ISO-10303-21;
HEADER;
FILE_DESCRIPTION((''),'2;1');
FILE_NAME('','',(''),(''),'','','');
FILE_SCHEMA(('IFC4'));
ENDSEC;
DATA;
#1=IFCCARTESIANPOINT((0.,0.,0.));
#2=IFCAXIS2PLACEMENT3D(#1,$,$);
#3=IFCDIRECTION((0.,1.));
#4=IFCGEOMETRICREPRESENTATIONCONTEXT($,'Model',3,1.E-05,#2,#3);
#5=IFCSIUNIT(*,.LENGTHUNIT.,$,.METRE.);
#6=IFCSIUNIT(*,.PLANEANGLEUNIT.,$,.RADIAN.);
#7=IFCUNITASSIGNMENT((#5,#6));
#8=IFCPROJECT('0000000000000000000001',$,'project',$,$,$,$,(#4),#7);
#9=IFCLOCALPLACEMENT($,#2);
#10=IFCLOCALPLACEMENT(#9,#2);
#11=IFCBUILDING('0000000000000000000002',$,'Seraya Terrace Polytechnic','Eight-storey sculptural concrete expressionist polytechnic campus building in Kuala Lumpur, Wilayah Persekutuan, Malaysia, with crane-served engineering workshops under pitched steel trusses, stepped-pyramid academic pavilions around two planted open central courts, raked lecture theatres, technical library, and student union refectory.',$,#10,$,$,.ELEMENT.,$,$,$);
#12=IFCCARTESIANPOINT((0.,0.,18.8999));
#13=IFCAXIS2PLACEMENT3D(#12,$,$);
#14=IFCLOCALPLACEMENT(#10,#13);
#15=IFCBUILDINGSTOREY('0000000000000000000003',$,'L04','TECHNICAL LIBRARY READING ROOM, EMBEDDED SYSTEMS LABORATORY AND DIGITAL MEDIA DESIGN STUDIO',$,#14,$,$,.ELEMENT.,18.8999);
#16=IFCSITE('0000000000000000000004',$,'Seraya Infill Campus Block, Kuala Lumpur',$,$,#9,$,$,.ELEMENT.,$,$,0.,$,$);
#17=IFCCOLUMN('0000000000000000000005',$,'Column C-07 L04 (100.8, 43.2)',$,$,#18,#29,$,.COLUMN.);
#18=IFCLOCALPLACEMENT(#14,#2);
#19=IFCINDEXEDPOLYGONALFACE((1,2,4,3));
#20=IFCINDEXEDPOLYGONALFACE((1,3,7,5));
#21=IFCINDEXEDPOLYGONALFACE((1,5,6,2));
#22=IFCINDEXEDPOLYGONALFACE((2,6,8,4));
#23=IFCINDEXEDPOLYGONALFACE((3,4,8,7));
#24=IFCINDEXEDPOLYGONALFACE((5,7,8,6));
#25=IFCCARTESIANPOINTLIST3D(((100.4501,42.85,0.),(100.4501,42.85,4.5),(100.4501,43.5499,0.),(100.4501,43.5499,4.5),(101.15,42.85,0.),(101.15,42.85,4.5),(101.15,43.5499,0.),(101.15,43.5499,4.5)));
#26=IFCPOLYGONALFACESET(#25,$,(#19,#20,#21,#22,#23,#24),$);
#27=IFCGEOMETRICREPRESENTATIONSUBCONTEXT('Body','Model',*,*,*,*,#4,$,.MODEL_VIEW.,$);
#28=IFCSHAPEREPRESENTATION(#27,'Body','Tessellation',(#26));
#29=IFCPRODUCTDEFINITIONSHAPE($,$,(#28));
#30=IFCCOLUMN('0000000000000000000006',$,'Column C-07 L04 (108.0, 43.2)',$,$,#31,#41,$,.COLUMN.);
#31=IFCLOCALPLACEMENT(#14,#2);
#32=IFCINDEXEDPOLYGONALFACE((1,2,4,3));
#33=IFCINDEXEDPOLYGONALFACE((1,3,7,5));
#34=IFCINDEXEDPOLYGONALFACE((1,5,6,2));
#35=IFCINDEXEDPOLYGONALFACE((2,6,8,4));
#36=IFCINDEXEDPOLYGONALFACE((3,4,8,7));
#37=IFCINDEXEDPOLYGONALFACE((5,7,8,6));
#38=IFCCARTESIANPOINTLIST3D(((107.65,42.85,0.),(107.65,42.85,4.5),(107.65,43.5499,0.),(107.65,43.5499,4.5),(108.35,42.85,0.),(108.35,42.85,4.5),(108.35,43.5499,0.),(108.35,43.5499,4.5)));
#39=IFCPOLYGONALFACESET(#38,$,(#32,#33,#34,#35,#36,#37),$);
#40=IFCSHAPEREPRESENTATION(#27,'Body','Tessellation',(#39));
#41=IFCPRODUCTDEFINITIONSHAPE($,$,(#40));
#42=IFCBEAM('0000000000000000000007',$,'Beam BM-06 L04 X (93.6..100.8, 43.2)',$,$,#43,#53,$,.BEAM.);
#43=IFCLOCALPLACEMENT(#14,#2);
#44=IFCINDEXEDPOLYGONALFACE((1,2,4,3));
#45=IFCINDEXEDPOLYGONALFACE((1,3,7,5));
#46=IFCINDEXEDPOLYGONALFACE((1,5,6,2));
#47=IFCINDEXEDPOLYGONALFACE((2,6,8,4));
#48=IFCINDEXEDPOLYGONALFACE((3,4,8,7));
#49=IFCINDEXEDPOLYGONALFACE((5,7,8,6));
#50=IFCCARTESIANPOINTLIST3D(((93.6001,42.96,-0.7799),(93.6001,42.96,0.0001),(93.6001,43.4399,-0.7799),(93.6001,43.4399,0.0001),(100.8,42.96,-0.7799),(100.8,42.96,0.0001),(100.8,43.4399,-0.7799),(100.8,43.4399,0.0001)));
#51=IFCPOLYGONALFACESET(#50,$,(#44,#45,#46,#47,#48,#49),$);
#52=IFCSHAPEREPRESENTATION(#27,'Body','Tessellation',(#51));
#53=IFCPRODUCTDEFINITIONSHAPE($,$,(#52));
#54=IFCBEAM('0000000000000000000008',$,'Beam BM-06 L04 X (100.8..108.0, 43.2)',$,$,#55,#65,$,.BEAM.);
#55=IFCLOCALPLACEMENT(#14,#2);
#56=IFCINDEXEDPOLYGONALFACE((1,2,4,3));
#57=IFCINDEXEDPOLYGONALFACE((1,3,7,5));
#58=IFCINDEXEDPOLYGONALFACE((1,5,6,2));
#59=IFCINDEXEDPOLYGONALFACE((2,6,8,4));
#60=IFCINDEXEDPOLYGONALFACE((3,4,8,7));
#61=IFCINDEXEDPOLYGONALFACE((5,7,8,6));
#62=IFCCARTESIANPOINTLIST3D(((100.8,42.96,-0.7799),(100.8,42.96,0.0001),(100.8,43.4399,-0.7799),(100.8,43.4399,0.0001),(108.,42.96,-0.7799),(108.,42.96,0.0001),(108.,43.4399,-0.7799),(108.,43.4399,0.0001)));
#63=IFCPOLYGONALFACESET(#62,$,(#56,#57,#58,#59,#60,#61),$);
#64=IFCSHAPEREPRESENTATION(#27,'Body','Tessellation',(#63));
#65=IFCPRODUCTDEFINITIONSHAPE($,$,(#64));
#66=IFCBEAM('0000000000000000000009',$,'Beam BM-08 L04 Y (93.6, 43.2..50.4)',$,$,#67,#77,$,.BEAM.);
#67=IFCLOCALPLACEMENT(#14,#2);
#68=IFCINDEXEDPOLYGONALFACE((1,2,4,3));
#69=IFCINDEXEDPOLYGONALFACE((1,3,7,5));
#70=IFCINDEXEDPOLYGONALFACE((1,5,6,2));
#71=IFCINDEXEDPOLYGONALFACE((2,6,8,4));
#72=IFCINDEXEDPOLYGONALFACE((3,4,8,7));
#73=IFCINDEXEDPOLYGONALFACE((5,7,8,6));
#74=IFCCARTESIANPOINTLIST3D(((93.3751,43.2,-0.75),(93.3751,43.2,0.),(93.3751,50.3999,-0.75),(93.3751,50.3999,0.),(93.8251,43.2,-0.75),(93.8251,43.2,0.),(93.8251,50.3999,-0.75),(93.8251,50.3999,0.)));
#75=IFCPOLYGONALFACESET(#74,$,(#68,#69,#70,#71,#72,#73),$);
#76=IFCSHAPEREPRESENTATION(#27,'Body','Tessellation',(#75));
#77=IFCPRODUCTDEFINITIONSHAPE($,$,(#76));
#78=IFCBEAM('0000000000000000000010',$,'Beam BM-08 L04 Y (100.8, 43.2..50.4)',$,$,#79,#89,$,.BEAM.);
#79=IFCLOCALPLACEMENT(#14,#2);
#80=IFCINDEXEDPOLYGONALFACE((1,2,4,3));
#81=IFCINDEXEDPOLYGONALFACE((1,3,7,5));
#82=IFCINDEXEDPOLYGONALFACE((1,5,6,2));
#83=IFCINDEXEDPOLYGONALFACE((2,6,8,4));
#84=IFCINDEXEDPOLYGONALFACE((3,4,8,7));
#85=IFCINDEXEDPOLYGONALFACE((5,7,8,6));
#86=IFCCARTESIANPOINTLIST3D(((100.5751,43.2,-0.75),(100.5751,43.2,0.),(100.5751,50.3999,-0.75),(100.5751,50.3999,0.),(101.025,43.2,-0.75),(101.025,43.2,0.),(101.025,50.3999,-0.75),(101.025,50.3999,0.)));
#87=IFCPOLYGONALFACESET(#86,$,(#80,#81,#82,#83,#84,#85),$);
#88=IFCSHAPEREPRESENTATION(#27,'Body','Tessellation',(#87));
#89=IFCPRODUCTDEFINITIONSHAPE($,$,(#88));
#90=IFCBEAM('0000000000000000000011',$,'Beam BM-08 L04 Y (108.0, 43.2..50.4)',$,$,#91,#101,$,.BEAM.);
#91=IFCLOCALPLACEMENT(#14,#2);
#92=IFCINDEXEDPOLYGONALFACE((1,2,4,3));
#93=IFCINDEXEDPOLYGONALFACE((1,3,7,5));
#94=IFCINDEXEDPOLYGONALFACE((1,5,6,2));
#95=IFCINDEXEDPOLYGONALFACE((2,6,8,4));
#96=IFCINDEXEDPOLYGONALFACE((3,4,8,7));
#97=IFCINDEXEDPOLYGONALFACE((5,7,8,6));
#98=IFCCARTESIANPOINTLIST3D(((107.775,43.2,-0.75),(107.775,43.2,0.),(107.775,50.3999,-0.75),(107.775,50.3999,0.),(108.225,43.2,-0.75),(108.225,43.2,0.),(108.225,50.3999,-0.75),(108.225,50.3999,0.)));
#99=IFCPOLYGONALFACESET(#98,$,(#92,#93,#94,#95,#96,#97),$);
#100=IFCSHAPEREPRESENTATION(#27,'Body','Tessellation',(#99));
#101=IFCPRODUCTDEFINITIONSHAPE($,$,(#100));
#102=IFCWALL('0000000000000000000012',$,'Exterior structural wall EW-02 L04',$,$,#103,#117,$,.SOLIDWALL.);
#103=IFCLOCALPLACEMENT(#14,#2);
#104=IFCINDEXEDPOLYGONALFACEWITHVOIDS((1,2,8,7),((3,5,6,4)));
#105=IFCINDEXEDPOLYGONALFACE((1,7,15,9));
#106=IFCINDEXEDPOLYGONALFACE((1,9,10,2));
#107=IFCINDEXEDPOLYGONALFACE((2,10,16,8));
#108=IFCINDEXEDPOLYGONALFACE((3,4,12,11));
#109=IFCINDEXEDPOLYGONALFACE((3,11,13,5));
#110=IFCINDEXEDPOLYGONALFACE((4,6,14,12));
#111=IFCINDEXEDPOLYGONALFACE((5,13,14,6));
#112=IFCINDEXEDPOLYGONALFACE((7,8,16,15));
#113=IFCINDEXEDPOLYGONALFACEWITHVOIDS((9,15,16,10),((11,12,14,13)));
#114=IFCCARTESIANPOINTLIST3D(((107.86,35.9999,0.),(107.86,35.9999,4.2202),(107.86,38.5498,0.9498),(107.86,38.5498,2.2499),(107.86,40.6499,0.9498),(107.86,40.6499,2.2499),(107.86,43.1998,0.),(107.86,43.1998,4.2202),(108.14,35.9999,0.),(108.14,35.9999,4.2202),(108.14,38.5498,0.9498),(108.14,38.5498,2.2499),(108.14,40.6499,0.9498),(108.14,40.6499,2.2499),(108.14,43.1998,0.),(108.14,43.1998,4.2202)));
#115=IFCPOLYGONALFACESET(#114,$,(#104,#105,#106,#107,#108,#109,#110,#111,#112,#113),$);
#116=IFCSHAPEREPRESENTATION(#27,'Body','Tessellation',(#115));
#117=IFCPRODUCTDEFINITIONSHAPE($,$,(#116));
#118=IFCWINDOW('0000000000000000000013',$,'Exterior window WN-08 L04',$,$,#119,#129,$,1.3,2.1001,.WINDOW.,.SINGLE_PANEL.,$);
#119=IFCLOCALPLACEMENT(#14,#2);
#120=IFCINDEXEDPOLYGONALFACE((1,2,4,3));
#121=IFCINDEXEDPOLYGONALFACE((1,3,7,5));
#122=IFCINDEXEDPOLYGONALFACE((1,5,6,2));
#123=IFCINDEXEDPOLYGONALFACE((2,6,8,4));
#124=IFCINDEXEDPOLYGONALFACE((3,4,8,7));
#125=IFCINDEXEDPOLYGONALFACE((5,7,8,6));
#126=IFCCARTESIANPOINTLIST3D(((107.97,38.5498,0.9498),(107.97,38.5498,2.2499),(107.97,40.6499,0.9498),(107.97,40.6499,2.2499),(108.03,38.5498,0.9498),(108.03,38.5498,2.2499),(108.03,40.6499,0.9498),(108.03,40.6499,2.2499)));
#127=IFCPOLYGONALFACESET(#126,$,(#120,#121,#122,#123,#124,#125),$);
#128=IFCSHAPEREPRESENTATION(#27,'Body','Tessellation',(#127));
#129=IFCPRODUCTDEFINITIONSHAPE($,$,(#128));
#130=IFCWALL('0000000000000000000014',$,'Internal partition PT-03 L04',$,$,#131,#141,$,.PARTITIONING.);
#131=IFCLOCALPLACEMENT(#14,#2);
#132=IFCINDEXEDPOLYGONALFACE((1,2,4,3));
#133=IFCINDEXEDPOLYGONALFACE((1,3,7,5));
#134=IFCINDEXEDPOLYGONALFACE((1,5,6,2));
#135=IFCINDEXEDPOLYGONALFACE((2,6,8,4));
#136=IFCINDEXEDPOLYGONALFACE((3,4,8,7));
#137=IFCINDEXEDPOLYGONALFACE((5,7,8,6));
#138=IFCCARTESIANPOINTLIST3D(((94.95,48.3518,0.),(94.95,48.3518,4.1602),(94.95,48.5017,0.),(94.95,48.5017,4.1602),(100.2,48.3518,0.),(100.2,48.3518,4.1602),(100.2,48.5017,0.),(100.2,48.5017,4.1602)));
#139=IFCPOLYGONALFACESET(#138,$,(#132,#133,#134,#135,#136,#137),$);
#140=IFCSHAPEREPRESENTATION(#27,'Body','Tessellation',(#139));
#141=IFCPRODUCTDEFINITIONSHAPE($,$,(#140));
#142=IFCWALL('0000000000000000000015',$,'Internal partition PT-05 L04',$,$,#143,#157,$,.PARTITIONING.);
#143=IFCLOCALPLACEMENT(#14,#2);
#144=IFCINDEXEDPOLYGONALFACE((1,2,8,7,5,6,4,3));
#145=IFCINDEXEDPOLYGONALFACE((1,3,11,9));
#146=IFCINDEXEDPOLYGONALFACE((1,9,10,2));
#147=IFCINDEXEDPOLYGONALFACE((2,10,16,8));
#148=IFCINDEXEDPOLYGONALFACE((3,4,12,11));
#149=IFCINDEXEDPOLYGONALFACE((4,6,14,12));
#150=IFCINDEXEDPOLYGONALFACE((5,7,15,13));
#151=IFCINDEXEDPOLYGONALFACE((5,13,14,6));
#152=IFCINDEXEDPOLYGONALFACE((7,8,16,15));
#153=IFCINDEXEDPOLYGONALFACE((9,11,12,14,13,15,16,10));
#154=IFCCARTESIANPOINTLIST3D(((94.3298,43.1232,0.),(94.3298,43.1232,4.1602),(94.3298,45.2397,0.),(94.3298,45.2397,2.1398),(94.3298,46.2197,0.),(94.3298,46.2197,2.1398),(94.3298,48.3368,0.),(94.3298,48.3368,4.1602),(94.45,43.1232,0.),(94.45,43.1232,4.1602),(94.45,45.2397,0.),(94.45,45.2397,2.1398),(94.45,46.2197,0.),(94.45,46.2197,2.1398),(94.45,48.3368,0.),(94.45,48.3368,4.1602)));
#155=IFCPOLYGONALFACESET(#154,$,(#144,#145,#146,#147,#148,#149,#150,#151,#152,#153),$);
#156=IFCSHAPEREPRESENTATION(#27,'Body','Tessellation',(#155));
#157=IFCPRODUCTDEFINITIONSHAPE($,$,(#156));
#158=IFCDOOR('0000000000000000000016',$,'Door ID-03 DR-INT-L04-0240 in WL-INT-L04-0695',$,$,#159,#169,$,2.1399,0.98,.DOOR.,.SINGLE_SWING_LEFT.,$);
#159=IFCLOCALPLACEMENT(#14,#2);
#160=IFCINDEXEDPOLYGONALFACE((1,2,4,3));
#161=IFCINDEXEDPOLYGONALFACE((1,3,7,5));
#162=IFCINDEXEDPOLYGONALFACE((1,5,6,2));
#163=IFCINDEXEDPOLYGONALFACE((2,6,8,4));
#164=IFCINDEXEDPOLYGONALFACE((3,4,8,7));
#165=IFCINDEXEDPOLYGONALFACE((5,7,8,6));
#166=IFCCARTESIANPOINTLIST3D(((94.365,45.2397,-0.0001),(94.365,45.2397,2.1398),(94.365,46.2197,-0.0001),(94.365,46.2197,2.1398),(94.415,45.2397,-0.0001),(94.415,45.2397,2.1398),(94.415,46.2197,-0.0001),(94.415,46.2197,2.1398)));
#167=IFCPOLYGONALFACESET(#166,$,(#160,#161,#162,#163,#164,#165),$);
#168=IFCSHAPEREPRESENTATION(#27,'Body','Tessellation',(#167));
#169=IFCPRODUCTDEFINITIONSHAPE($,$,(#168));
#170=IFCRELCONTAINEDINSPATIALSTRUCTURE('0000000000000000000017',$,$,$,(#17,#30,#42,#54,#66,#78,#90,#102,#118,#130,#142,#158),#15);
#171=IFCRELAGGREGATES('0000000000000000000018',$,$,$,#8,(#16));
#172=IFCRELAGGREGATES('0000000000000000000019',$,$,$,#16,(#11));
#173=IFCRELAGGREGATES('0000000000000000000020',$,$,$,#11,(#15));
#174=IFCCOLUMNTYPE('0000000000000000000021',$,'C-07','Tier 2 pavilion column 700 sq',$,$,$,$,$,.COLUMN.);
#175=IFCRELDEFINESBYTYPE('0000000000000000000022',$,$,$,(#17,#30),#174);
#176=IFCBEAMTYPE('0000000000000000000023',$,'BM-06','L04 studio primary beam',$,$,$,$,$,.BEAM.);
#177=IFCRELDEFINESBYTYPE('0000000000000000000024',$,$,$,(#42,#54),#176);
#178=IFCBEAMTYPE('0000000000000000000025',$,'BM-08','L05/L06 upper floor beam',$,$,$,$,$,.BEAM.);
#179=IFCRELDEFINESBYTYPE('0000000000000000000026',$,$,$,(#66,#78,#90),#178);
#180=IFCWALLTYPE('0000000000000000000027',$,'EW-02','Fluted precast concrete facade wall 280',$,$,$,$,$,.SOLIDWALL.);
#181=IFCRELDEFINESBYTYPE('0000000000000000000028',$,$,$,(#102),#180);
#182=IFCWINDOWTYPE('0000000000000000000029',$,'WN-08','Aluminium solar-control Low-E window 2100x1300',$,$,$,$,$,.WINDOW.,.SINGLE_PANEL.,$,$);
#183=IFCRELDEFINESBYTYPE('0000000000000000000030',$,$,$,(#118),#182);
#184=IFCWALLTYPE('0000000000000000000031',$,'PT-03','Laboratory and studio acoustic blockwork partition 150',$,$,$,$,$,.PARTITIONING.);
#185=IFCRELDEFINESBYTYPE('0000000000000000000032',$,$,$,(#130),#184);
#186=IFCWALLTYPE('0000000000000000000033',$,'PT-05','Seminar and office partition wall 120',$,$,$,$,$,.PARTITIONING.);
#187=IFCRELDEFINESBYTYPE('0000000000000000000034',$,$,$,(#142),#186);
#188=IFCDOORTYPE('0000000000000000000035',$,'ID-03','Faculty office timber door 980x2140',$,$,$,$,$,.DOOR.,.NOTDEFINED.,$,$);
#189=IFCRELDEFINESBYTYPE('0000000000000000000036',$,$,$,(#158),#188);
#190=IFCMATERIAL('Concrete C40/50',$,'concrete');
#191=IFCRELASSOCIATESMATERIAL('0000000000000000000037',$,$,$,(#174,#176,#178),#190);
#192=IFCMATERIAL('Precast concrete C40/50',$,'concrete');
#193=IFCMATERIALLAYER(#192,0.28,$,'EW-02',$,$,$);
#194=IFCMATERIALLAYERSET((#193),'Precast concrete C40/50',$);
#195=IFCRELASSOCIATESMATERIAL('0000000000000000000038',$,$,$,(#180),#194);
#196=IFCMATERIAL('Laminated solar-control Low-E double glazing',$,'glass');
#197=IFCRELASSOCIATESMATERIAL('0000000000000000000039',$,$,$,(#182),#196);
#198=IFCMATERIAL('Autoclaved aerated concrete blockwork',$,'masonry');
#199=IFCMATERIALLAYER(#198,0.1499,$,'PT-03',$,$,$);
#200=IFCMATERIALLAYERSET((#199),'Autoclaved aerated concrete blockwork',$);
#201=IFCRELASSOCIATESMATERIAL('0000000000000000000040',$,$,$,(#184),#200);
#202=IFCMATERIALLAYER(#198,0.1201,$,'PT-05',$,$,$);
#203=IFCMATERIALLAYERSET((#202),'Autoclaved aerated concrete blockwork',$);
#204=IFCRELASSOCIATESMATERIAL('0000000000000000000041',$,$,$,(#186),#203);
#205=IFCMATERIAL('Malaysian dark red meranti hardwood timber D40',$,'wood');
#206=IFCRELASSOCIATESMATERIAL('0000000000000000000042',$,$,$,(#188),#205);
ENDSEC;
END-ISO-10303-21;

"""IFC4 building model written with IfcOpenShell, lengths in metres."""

from ifc_helpers import new_model, si_unit, direction, frame, frame_2d, origin, origin_2d, place, context, subcontext, project, spatial, rectangle, extrude, material, layer, layer_set, material_profile, profile_set, type_object, element, fill, save


model = new_model("IFC4")

# Units and contexts
model_context = context("Model", 3, precision=1e-05, world=origin(), true_north=direction((0.0, 1.0)))
body_context = subcontext(model_context, "Body", "Model", "MODEL_VIEW")
ifc_project = project(units=[si_unit("LENGTHUNIT", "METRE"), si_unit("PLANEANGLEUNIT", "RADIAN")], contexts=[model_context])

# Site, building, storey
site_placement = place(None, origin())
site = spatial("IfcSite", under=ifc_project, at=site_placement, Name="Seraya Infill Campus Block, Kuala Lumpur", CompositionType="ELEMENT", RefElevation=0.0)
building_placement = place(site_placement, origin())
building = spatial("IfcBuilding", under=site, at=building_placement, Name="Seraya Terrace Polytechnic", Description="Eight-storey sculptural concrete expressionist polytechnic campus building in Kuala Lumpur, Wilayah Persekutuan, Malaysia, with crane-served engineering workshops under pitched steel trusses, stepped-pyramid academic pavilions around two planted open central courts, raked lecture theatres, technical library, and student union refectory.", CompositionType="ELEMENT")
storey_placement = place(building_placement, frame((0.0, 0.0, 18.8999)))
storey = spatial("IfcBuildingStorey", under=building, at=storey_placement, Name="L04", Description="TECHNICAL LIBRARY READING ROOM, EMBEDDED SYSTEMS LABORATORY AND DIGITAL MEDIA DESIGN STUDIO", CompositionType="ELEMENT", Elevation=18.8999)

# Columns
ifc_material_1 = material(Name="Concrete C40/50", Category="concrete")
ifc_material_profile_1 = material_profile(ifc_material_1, rectangle(XDim=0.7, YDim=0.7, at=origin_2d()), Name="RC 700x700")
ifc_profile_set_1 = profile_set([ifc_material_profile_1], Name="Concrete C40/50")
column_type = type_object("IfcColumnType", Name="C-07", Description="Tier 2 pavilion column 700 sq", PredefinedType="COLUMN", material=ifc_profile_set_1)
for number, where, z_axis, x_axis, name in (
    (1, (100.8, 43.2, 0.0), (0.0, 0.0, 1.0), (1.0, 0.0, 0.0), "Column C-07 L04 (100.8, 43.2)"),
    (2, (108.0, 43.2, 0.0), (0.0, 0.0, 1.0), (1.0, 0.0, 0.0), "Column C-07 L04 (108.0, 43.2)"),
):
    element("IfcColumn", number, at=place(storey_placement, frame(where, z_axis=z_axis, x_axis=x_axis)), inside=storey, type_object=column_type, Name=name, PredefinedType="COLUMN", context=body_context, shape_type="SweptSolid", body=[
        extrude(rectangle(XDim=0.7, YDim=0.7, at=origin_2d()), origin(), (0.0, 0.0, 1.0), 4.5),
    ])

# Beams
ifc_material_profile_2 = material_profile(ifc_material_1, rectangle(XDim=0.48, YDim=0.78, at=origin_2d()), Name="RC 480x780")
ifc_profile_set_2 = profile_set([ifc_material_profile_2], Name="Concrete C40/50")
beam_type_1 = type_object("IfcBeamType", Name="BM-06", Description="L04 studio primary beam", PredefinedType="BEAM", material=ifc_profile_set_2)
for number, where, z_axis, x_axis, name in (
    (3, (93.6001, 43.2, -0.3899), (1.0, 0.0, 0.0), (0.0, 1.0, 0.0), "Beam BM-06 L04 X (93.6..100.8, 43.2)"),
    (4, (100.8, 43.2, -0.3899), (1.0, 0.0, 0.0), (0.0, 1.0, 0.0), "Beam BM-06 L04 X (100.8..108.0, 43.2)"),
):
    element("IfcBeam", number, at=place(storey_placement, frame(where, z_axis=z_axis, x_axis=x_axis)), inside=storey, type_object=beam_type_1, Name=name, PredefinedType="BEAM", context=body_context, shape_type="SweptSolid", body=[
        extrude(rectangle(XDim=0.48, YDim=0.78, at=origin_2d()), origin(), (0.0, 0.0, 1.0), 7.2),
    ])
ifc_material_profile_3 = material_profile(ifc_material_1, rectangle(XDim=0.45, YDim=0.75, at=origin_2d()), Name="RC 450x750")
ifc_profile_set_3 = profile_set([ifc_material_profile_3], Name="Concrete C40/50")
beam_type_2 = type_object("IfcBeamType", Name="BM-08", Description="L05/L06 upper floor beam", PredefinedType="BEAM", material=ifc_profile_set_3)
for number, where, z_axis, x_axis, name in (
    (5, (93.6001, 43.2, -0.375), (0.0, 1.0, 0.0), (-1.0, 0.0, 0.0), "Beam BM-08 L04 Y (93.6, 43.2..50.4)"),
    (6, (100.8, 43.2, -0.375), (0.0, 1.0, 0.0), (-1.0, 0.0, 0.0), "Beam BM-08 L04 Y (100.8, 43.2..50.4)"),
    (7, (108.0, 43.2, -0.375), (0.0, 1.0, 0.0), (-1.0, 0.0, 0.0), "Beam BM-08 L04 Y (108.0, 43.2..50.4)"),
):
    element("IfcBeam", number, at=place(storey_placement, frame(where, z_axis=z_axis, x_axis=x_axis)), inside=storey, type_object=beam_type_2, Name=name, PredefinedType="BEAM", context=body_context, shape_type="SweptSolid", body=[
        extrude(rectangle(XDim=0.45, YDim=0.75, at=origin_2d()), origin(), (0.0, 0.0, 1.0), 7.2),
    ])

# Wall, opening, window
ifc_material_2 = material(Name="Precast concrete C40/50", Category="concrete")
ifc_layer_1 = layer(ifc_material_2, 0.28, Name="EW-02")
ifc_layer_set_1 = layer_set([ifc_layer_1], Name="Precast concrete C40/50")
wall_type_1 = type_object("IfcWallType", Name="EW-02", Description="Fluted precast concrete facade wall 280", PredefinedType="SOLIDWALL", material=ifc_layer_set_1)
wall_1_placement = place(storey_placement, frame((108.0, 43.2, 0.0), z_axis=(0.0, 0.0, 1.0), x_axis=(0.0, -1.0, 0.0)))
wall_1 = element("IfcWall", 8, at=wall_1_placement, inside=storey, type_object=wall_type_1, Name="Exterior structural wall EW-02 L04", PredefinedType="SOLIDWALL", context=body_context, shape_type="SweptSolid", body=[
    extrude(rectangle(XDim=7.2, YDim=0.28, at=frame_2d((3.6001, 0.0))), origin(), (0.0, 0.0, 1.0), 4.2202),
])
opening_1_placement = place(wall_1_placement, frame((2.55, 0.0, 0.95)))
opening_1 = element("IfcOpeningElement", 9, at=opening_1_placement, cuts=wall_1, PredefinedType="OPENING", context=body_context, shape_type="SweptSolid", body=[
    extrude(rectangle(XDim=2.1001, YDim=1.3, at=frame_2d((1.05, 0.6499))), frame((0.0, 0.1519, 0.0), z_axis=(0.0, -1.0, 0.0), x_axis=(1.0, 0.0, 0.0)), (0.0, 0.0, 1.0), 0.304),
])
ifc_material_3 = material(Name="Laminated solar-control Low-E double glazing", Category="glass")
window_type = type_object("IfcWindowType", Name="WN-08", Description="Aluminium solar-control Low-E window 2100x1300", PartitioningType="SINGLE_PANEL", PredefinedType="WINDOW", material=ifc_material_3)
window_placement = place(opening_1_placement, origin())
window = element("IfcWindow", 10, at=window_placement, inside=storey, type_object=window_type, Name="Exterior window WN-08 L04", OverallHeight=1.3, OverallWidth=2.1001, PartitioningType="SINGLE_PANEL", PredefinedType="WINDOW", context=body_context, shape_type="SweptSolid", body=[
    extrude(rectangle(XDim=2.1001, YDim=1.3, at=frame_2d((1.05, 0.6499))), frame((0.0, 0.03, 0.0), z_axis=(0.0, -1.0, 0.0), x_axis=(1.0, 0.0, 0.0)), (0.0, 0.0, 1.0), 0.0601),
])
fill(opening_1, window)

# Wall
ifc_material_4 = material(Name="Autoclaved aerated concrete blockwork", Category="masonry")
ifc_layer_2 = layer(ifc_material_4, 0.1499, Name="PT-03")
ifc_layer_set_2 = layer_set([ifc_layer_2], Name="Autoclaved aerated concrete blockwork")
wall_type_2 = type_object("IfcWallType", Name="PT-03", Description="Laboratory and studio acoustic blockwork partition 150", PredefinedType="PARTITIONING", material=ifc_layer_set_2)
wall_2_placement = place(storey_placement, frame((94.95, 48.4268, 0.0), z_axis=(0.0, 0.0, 1.0), x_axis=(1.0, 0.0, 0.0)))
element("IfcWall", 11, at=wall_2_placement, inside=storey, type_object=wall_type_2, Name="Internal partition PT-03 L04", PredefinedType="PARTITIONING", context=body_context, shape_type="SweptSolid", body=[
    extrude(rectangle(XDim=5.25, YDim=0.1499, at=frame_2d((2.625, 0.0))), origin(), (0.0, 0.0, 1.0), 4.1602),
])

# Wall, opening, door
ifc_layer_3 = layer(ifc_material_4, 0.1201, Name="PT-05")
ifc_layer_set_3 = layer_set([ifc_layer_3], Name="Autoclaved aerated concrete blockwork")
wall_type_3 = type_object("IfcWallType", Name="PT-05", Description="Seminar and office partition wall 120", PredefinedType="PARTITIONING", material=ifc_layer_set_3)
wall_3_placement = place(storey_placement, frame((94.3899, 43.123, 0.0), z_axis=(0.0, 0.0, 1.0), x_axis=(0.0, 1.0, 0.0)))
wall_3 = element("IfcWall", 12, at=wall_3_placement, inside=storey, type_object=wall_type_3, Name="Internal partition PT-05 L04", PredefinedType="PARTITIONING", context=body_context, shape_type="SweptSolid", body=[
    extrude(rectangle(XDim=5.2136, YDim=0.1201, at=frame_2d((2.6069, 0.0))), origin(), (0.0, 0.0, 1.0), 4.1602),
])
opening_2_placement = place(wall_3_placement, frame((2.1167, 0.0, 0.0)))
opening_2 = element("IfcOpeningElement", 13, at=opening_2_placement, cuts=wall_3, PredefinedType="OPENING", context=body_context, shape_type="SweptSolid", body=[
    extrude(rectangle(XDim=0.98, YDim=2.1399, at=frame_2d((0.49, 1.0698))), frame((0.0, 0.072, 0.0), z_axis=(0.0, -1.0, 0.0), x_axis=(1.0, 0.0, 0.0)), (0.0, 0.0, 1.0), 0.144),
])
ifc_material_5 = material(Name="Malaysian dark red meranti hardwood timber D40", Category="wood")
door_type_1 = type_object("IfcDoorType", Name="ID-03", Description="Faculty office timber door 980x2140", OperationType="NOTDEFINED", PredefinedType="DOOR", material=ifc_material_5)
door_1_placement = place(opening_2_placement, origin())
door_1 = element("IfcDoor", 14, at=door_1_placement, inside=storey, type_object=door_type_1, Name="Door ID-03 DR-INT-L04-0240 in WL-INT-L04-0695", OperationType="SINGLE_SWING_LEFT", OverallHeight=2.1399, OverallWidth=0.98, PredefinedType="DOOR", context=body_context, shape_type="SweptSolid", body=[
    extrude(rectangle(XDim=0.98, YDim=2.1399, at=frame_2d((0.49, 1.0698))), frame((0.0, 0.0249, 0.0), z_axis=(0.0, -1.0, 0.0), x_axis=(1.0, 0.0, 0.0)), (0.0, 0.0, 1.0), 0.05),
])
fill(opening_2, door_1)

save(model, "model.ifc")
